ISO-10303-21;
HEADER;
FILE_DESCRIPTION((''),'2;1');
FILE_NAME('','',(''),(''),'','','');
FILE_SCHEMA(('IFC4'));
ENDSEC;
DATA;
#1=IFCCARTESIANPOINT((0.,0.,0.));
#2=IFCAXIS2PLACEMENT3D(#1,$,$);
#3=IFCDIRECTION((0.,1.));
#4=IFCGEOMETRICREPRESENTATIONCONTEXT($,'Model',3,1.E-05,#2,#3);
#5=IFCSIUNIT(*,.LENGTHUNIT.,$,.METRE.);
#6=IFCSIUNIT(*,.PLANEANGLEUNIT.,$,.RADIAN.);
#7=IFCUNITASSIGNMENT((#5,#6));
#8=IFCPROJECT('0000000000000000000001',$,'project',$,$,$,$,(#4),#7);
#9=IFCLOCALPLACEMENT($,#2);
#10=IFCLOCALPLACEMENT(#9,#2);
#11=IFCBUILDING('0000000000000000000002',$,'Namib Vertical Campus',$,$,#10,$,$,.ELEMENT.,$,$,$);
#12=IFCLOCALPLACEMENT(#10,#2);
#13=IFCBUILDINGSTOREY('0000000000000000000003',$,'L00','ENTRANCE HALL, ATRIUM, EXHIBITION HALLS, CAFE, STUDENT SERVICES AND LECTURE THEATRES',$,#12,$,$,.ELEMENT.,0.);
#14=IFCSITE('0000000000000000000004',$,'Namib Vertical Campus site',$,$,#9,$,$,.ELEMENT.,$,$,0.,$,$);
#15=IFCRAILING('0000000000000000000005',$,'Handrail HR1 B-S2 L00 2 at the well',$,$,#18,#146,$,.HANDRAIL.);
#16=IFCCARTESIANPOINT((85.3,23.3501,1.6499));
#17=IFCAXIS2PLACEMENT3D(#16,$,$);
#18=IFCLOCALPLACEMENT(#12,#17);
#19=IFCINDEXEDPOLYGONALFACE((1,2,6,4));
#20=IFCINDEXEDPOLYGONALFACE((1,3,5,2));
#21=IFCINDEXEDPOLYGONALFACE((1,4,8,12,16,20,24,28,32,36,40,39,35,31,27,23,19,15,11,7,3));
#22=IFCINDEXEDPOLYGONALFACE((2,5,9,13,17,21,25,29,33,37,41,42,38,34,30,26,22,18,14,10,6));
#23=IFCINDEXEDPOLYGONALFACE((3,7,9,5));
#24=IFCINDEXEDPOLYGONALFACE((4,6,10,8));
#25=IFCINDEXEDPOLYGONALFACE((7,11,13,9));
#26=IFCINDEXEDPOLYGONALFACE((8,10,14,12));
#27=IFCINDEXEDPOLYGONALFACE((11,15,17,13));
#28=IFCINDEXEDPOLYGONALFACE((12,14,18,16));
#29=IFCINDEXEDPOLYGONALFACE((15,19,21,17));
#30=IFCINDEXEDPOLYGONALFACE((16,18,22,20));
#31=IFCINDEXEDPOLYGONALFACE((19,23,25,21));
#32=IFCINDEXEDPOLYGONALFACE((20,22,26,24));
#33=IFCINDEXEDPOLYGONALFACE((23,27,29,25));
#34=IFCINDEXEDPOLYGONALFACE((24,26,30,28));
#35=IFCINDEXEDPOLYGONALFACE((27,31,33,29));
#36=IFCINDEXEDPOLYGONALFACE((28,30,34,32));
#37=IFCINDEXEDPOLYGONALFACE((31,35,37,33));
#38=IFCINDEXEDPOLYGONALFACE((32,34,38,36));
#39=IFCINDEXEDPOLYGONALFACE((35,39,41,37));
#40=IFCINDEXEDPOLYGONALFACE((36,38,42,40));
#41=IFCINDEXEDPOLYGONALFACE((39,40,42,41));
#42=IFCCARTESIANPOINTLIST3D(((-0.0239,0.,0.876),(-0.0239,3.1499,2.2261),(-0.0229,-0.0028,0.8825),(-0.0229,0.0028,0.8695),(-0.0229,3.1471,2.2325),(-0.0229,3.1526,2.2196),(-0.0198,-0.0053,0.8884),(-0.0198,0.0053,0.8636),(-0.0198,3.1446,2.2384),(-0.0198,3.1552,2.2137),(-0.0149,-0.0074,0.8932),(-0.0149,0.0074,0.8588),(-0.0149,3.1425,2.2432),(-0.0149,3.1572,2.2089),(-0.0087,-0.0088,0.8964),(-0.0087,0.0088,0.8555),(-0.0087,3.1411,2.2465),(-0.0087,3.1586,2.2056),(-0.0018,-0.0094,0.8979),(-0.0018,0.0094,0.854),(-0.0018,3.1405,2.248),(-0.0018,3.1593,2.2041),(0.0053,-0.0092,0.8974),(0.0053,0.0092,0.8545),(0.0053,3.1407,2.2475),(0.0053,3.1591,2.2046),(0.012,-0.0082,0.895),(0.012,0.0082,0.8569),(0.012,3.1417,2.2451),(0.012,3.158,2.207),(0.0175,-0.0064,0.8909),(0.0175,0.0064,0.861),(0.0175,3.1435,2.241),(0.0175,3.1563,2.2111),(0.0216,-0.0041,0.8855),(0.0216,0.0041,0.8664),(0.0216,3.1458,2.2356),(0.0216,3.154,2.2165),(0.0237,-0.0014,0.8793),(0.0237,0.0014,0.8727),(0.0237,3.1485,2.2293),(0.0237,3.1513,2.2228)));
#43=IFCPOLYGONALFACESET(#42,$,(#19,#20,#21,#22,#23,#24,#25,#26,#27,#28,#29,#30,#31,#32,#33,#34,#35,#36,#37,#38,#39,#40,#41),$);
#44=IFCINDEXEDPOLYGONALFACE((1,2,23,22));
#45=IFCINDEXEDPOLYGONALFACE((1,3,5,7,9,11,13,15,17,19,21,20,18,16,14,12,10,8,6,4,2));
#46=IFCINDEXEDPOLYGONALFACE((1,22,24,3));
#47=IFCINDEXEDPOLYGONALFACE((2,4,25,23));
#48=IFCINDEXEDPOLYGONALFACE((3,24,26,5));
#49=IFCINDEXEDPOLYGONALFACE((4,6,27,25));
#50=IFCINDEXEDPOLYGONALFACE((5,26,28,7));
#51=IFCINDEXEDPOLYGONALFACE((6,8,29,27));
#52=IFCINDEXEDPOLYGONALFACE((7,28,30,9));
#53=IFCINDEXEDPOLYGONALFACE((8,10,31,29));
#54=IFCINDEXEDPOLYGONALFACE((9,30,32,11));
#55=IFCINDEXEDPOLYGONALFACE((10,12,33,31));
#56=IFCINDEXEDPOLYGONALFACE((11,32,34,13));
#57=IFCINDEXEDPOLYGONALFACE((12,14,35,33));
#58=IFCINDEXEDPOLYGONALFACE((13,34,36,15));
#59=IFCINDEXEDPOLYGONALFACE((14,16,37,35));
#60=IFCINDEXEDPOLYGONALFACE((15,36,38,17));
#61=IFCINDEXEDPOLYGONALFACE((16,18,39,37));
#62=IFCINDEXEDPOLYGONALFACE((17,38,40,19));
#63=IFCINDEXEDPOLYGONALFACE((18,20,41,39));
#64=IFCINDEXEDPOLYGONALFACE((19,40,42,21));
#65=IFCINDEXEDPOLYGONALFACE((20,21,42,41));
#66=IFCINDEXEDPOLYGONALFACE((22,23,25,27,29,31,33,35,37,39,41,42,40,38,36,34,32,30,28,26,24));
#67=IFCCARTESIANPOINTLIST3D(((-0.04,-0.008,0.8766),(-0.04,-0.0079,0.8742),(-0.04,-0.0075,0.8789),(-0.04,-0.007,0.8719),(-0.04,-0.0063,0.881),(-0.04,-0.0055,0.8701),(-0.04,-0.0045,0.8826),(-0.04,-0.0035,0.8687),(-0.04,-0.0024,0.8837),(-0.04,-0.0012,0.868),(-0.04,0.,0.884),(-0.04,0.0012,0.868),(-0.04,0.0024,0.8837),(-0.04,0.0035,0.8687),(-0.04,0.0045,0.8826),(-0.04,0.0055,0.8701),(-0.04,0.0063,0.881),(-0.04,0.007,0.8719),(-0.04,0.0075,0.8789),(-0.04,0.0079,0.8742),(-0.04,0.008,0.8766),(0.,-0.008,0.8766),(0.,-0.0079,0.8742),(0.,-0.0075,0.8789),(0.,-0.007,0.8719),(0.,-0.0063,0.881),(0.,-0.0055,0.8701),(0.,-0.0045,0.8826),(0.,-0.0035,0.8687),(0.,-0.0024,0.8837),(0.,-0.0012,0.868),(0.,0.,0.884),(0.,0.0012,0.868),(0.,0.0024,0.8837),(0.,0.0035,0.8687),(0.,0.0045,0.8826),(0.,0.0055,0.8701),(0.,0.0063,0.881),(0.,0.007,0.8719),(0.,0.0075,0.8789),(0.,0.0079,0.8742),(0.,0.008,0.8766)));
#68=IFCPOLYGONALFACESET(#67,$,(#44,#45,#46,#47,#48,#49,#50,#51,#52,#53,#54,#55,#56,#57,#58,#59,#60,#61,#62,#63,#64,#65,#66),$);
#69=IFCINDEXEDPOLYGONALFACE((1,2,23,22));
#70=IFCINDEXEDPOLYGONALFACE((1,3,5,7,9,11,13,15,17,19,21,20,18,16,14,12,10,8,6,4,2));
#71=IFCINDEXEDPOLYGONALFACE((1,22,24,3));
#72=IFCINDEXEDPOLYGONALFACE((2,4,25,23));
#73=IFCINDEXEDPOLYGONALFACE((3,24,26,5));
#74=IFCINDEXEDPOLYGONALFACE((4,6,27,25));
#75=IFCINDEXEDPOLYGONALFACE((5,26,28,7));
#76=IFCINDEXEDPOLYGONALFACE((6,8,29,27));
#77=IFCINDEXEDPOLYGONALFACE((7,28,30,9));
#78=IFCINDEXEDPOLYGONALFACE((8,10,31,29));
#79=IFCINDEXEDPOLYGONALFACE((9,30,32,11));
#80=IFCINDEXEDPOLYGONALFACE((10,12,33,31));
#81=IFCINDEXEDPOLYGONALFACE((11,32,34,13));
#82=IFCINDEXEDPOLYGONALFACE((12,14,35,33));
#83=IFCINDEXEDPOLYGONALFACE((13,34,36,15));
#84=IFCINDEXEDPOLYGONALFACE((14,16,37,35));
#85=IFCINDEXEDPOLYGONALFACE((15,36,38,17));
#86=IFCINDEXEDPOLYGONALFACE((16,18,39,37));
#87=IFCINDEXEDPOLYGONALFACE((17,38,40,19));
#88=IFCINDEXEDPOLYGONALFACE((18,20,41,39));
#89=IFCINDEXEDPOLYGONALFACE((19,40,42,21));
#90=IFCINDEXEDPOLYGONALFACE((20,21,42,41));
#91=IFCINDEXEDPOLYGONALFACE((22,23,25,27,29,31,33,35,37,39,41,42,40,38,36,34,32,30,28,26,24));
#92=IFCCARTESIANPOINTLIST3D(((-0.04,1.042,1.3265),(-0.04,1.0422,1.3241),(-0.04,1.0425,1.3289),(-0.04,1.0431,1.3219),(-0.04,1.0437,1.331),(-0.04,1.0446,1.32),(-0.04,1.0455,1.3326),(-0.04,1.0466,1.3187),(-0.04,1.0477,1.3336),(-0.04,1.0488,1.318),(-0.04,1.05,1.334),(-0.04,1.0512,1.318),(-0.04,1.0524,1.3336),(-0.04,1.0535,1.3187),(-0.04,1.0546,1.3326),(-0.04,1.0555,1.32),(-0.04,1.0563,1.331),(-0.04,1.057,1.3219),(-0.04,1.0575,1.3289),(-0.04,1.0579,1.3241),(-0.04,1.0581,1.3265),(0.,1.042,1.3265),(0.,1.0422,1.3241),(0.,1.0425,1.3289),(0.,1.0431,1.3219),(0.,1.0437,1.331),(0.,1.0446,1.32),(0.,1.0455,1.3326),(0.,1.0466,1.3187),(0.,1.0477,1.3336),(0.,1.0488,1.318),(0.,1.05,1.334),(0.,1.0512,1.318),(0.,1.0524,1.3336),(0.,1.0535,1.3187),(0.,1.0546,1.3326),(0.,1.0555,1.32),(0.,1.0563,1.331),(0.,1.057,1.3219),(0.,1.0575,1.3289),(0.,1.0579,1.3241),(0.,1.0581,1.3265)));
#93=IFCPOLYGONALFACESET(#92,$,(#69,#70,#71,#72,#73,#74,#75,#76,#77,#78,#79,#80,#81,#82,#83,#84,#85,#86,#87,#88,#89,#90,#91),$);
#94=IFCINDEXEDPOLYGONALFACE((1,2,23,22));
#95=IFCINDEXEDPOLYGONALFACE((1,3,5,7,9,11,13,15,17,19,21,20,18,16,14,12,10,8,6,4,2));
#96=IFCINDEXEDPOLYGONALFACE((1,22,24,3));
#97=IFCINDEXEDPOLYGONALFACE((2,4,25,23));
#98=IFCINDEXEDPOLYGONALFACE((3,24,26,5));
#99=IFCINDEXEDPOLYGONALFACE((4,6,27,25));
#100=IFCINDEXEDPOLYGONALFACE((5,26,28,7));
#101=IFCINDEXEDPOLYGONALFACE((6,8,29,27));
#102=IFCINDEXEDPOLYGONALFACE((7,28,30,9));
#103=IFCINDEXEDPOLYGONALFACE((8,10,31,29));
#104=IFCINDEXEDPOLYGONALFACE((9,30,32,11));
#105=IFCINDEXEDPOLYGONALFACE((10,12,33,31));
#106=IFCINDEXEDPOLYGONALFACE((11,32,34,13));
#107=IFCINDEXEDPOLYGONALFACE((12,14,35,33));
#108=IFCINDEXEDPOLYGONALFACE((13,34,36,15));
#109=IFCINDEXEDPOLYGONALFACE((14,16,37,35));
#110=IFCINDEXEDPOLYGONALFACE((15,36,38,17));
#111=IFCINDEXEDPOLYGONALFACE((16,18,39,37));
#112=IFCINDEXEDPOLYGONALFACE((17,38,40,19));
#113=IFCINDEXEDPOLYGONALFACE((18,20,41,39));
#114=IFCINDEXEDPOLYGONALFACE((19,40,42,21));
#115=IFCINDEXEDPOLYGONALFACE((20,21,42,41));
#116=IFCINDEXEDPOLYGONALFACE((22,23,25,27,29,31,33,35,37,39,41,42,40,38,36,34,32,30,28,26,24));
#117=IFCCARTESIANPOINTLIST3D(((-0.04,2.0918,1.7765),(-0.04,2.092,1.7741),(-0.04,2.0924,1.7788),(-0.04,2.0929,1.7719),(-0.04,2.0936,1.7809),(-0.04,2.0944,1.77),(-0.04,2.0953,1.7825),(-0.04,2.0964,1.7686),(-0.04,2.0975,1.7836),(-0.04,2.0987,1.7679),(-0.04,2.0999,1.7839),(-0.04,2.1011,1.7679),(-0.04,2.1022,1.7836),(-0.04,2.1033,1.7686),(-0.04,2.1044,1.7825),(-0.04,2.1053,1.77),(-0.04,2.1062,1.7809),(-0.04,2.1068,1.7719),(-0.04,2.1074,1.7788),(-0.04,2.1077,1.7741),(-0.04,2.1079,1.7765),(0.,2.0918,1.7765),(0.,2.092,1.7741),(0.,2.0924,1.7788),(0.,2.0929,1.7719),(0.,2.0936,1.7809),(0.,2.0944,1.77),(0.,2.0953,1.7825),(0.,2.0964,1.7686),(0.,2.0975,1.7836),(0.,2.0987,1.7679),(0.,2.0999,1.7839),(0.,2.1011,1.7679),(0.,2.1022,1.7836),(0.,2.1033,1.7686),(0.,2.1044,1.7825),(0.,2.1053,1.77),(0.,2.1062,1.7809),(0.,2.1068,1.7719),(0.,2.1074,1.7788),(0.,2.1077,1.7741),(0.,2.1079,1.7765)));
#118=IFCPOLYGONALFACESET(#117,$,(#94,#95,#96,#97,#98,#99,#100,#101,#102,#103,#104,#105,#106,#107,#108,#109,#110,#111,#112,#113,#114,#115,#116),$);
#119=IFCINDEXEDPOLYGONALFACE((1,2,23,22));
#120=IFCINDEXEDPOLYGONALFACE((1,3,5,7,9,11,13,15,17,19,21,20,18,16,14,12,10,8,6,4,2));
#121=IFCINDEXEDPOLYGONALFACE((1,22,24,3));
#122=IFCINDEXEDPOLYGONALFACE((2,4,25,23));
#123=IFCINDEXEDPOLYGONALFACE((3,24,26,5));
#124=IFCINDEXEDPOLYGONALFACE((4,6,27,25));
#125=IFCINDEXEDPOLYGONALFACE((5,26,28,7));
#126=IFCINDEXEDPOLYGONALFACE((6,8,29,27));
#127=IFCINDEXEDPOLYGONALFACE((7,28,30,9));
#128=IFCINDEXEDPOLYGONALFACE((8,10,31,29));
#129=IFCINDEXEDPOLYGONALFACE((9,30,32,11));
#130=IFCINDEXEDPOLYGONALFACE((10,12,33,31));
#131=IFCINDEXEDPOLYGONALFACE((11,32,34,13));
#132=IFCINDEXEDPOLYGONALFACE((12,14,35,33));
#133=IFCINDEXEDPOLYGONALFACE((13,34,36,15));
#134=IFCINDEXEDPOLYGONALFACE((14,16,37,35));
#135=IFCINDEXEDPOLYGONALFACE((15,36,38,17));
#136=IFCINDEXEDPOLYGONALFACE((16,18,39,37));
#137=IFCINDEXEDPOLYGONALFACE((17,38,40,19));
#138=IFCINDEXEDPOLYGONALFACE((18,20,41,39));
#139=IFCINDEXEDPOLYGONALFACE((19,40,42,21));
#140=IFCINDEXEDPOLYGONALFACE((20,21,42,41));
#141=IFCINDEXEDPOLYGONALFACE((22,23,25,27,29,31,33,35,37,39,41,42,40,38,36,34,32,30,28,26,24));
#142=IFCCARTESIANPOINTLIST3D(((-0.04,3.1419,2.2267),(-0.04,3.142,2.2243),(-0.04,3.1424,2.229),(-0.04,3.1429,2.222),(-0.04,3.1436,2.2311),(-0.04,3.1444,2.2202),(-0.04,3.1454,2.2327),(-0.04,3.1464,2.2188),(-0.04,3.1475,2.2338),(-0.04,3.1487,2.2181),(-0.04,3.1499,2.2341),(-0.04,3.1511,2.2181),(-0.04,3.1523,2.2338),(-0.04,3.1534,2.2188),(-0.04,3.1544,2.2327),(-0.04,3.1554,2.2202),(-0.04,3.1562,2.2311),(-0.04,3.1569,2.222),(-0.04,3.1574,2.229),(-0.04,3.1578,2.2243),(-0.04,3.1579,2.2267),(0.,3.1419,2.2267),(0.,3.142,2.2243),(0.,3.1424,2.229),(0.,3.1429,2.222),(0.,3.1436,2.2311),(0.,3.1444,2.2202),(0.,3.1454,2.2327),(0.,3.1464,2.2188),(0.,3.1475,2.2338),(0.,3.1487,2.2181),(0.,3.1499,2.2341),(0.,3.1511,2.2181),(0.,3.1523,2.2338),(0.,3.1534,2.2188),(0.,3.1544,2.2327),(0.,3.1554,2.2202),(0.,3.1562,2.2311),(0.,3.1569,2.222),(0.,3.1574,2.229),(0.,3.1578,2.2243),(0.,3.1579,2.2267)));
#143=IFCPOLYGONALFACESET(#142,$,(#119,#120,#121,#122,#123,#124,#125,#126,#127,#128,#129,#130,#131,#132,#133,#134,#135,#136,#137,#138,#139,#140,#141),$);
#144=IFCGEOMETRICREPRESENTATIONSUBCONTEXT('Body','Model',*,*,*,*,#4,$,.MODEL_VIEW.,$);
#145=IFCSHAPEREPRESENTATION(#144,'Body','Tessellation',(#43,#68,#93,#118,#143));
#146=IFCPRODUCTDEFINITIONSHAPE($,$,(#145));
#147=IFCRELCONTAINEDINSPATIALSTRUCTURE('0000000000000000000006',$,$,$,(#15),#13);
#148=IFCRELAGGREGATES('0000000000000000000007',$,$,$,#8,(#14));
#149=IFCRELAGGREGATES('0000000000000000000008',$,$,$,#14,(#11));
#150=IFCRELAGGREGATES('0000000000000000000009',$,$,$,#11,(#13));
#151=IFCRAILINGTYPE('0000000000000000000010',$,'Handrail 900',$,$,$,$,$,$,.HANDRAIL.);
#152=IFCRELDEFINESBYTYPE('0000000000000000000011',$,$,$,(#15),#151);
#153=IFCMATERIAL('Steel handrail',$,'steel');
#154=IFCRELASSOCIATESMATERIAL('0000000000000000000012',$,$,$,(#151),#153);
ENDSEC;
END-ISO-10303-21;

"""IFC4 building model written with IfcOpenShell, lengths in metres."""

from ifc_helpers import new_model, si_unit, direction, frame, origin, origin_2d, place, context, subcontext, project, spatial, circle, extrude, material, type_object, element, save


model = new_model("IFC4")

# Units and contexts
model_context = context("Model", 3, precision=1e-05, world=origin(), true_north=direction((0.0, 1.0)))
body_context = subcontext(model_context, "Body", "Model", "MODEL_VIEW")
ifc_project = project(units=[si_unit("LENGTHUNIT", "METRE"), si_unit("PLANEANGLEUNIT", "RADIAN")], contexts=[model_context])

# Site, building, storey
site_placement = place(None, origin())
site = spatial("IfcSite", under=ifc_project, at=site_placement, Name="Namib Vertical Campus site", CompositionType="ELEMENT", RefElevation=0.0)
building_placement = place(site_placement, origin())
building = spatial("IfcBuilding", under=site, at=building_placement, Name="Namib Vertical Campus", CompositionType="ELEMENT")
storey_placement = place(building_placement, origin())
storey = spatial("IfcBuildingStorey", under=building, at=storey_placement, Name="L00", Description="ENTRANCE HALL, ATRIUM, EXHIBITION HALLS, CAFE, STUDENT SERVICES AND LECTURE THEATRES", CompositionType="ELEMENT", Elevation=0.0)

# Railing
ifc_material_1 = material(Name="Steel handrail", Category="steel")
railing_type = type_object("IfcRailingType", Name="Handrail 900", PredefinedType="HANDRAIL", material=ifc_material_1)
for number, where, name in (
    (1, (85.3, 23.3501, 1.6499), "Handrail HR1 B-S2 L00 2 at the well"),
):
    element("IfcRailing", number, at=place(storey_placement, frame(where)), inside=storey, type_object=railing_type, Name=name, PredefinedType="HANDRAIL", context=body_context, shape_type="SweptSolid", body=[
        extrude(circle(Radius=0.0239, at=origin_2d()), frame((0.0, 0.0, 0.876), z_axis=(0.0, 0.91913, 0.393954), x_axis=(-1.0, 0.0, 0.0)), (0.0, 0.0, 1.0), 3.427),
        extrude(circle(Radius=0.0081, at=origin_2d()), frame((0.0, 0.0, 0.876), z_axis=(-1.0, 0.0, 0.0), x_axis=(0.0, 0.0, 1.0)), (0.0, 0.0, 1.0), 0.04),
        extrude(circle(Radius=0.0081, at=origin_2d()), frame((0.0, 1.05, 1.3259), z_axis=(-1.0, 0.0, 0.0), x_axis=(0.0, 0.0, 1.0)), (0.0, 0.0, 1.0), 0.04),
        extrude(circle(Radius=0.0081, at=origin_2d()), frame((0.0, 2.0999, 1.7759), z_axis=(-1.0, 0.0, 0.0), x_axis=(0.0, 0.0, 1.0)), (0.0, 0.0, 1.0), 0.04),
        extrude(circle(Radius=0.0081, at=origin_2d()), frame((0.0, 3.1499, 2.2261), z_axis=(-1.0, 0.0, 0.0), x_axis=(0.0, 0.0, 1.0)), (0.0, 0.0, 1.0), 0.04),
    ])

save(model, "model.ifc")
